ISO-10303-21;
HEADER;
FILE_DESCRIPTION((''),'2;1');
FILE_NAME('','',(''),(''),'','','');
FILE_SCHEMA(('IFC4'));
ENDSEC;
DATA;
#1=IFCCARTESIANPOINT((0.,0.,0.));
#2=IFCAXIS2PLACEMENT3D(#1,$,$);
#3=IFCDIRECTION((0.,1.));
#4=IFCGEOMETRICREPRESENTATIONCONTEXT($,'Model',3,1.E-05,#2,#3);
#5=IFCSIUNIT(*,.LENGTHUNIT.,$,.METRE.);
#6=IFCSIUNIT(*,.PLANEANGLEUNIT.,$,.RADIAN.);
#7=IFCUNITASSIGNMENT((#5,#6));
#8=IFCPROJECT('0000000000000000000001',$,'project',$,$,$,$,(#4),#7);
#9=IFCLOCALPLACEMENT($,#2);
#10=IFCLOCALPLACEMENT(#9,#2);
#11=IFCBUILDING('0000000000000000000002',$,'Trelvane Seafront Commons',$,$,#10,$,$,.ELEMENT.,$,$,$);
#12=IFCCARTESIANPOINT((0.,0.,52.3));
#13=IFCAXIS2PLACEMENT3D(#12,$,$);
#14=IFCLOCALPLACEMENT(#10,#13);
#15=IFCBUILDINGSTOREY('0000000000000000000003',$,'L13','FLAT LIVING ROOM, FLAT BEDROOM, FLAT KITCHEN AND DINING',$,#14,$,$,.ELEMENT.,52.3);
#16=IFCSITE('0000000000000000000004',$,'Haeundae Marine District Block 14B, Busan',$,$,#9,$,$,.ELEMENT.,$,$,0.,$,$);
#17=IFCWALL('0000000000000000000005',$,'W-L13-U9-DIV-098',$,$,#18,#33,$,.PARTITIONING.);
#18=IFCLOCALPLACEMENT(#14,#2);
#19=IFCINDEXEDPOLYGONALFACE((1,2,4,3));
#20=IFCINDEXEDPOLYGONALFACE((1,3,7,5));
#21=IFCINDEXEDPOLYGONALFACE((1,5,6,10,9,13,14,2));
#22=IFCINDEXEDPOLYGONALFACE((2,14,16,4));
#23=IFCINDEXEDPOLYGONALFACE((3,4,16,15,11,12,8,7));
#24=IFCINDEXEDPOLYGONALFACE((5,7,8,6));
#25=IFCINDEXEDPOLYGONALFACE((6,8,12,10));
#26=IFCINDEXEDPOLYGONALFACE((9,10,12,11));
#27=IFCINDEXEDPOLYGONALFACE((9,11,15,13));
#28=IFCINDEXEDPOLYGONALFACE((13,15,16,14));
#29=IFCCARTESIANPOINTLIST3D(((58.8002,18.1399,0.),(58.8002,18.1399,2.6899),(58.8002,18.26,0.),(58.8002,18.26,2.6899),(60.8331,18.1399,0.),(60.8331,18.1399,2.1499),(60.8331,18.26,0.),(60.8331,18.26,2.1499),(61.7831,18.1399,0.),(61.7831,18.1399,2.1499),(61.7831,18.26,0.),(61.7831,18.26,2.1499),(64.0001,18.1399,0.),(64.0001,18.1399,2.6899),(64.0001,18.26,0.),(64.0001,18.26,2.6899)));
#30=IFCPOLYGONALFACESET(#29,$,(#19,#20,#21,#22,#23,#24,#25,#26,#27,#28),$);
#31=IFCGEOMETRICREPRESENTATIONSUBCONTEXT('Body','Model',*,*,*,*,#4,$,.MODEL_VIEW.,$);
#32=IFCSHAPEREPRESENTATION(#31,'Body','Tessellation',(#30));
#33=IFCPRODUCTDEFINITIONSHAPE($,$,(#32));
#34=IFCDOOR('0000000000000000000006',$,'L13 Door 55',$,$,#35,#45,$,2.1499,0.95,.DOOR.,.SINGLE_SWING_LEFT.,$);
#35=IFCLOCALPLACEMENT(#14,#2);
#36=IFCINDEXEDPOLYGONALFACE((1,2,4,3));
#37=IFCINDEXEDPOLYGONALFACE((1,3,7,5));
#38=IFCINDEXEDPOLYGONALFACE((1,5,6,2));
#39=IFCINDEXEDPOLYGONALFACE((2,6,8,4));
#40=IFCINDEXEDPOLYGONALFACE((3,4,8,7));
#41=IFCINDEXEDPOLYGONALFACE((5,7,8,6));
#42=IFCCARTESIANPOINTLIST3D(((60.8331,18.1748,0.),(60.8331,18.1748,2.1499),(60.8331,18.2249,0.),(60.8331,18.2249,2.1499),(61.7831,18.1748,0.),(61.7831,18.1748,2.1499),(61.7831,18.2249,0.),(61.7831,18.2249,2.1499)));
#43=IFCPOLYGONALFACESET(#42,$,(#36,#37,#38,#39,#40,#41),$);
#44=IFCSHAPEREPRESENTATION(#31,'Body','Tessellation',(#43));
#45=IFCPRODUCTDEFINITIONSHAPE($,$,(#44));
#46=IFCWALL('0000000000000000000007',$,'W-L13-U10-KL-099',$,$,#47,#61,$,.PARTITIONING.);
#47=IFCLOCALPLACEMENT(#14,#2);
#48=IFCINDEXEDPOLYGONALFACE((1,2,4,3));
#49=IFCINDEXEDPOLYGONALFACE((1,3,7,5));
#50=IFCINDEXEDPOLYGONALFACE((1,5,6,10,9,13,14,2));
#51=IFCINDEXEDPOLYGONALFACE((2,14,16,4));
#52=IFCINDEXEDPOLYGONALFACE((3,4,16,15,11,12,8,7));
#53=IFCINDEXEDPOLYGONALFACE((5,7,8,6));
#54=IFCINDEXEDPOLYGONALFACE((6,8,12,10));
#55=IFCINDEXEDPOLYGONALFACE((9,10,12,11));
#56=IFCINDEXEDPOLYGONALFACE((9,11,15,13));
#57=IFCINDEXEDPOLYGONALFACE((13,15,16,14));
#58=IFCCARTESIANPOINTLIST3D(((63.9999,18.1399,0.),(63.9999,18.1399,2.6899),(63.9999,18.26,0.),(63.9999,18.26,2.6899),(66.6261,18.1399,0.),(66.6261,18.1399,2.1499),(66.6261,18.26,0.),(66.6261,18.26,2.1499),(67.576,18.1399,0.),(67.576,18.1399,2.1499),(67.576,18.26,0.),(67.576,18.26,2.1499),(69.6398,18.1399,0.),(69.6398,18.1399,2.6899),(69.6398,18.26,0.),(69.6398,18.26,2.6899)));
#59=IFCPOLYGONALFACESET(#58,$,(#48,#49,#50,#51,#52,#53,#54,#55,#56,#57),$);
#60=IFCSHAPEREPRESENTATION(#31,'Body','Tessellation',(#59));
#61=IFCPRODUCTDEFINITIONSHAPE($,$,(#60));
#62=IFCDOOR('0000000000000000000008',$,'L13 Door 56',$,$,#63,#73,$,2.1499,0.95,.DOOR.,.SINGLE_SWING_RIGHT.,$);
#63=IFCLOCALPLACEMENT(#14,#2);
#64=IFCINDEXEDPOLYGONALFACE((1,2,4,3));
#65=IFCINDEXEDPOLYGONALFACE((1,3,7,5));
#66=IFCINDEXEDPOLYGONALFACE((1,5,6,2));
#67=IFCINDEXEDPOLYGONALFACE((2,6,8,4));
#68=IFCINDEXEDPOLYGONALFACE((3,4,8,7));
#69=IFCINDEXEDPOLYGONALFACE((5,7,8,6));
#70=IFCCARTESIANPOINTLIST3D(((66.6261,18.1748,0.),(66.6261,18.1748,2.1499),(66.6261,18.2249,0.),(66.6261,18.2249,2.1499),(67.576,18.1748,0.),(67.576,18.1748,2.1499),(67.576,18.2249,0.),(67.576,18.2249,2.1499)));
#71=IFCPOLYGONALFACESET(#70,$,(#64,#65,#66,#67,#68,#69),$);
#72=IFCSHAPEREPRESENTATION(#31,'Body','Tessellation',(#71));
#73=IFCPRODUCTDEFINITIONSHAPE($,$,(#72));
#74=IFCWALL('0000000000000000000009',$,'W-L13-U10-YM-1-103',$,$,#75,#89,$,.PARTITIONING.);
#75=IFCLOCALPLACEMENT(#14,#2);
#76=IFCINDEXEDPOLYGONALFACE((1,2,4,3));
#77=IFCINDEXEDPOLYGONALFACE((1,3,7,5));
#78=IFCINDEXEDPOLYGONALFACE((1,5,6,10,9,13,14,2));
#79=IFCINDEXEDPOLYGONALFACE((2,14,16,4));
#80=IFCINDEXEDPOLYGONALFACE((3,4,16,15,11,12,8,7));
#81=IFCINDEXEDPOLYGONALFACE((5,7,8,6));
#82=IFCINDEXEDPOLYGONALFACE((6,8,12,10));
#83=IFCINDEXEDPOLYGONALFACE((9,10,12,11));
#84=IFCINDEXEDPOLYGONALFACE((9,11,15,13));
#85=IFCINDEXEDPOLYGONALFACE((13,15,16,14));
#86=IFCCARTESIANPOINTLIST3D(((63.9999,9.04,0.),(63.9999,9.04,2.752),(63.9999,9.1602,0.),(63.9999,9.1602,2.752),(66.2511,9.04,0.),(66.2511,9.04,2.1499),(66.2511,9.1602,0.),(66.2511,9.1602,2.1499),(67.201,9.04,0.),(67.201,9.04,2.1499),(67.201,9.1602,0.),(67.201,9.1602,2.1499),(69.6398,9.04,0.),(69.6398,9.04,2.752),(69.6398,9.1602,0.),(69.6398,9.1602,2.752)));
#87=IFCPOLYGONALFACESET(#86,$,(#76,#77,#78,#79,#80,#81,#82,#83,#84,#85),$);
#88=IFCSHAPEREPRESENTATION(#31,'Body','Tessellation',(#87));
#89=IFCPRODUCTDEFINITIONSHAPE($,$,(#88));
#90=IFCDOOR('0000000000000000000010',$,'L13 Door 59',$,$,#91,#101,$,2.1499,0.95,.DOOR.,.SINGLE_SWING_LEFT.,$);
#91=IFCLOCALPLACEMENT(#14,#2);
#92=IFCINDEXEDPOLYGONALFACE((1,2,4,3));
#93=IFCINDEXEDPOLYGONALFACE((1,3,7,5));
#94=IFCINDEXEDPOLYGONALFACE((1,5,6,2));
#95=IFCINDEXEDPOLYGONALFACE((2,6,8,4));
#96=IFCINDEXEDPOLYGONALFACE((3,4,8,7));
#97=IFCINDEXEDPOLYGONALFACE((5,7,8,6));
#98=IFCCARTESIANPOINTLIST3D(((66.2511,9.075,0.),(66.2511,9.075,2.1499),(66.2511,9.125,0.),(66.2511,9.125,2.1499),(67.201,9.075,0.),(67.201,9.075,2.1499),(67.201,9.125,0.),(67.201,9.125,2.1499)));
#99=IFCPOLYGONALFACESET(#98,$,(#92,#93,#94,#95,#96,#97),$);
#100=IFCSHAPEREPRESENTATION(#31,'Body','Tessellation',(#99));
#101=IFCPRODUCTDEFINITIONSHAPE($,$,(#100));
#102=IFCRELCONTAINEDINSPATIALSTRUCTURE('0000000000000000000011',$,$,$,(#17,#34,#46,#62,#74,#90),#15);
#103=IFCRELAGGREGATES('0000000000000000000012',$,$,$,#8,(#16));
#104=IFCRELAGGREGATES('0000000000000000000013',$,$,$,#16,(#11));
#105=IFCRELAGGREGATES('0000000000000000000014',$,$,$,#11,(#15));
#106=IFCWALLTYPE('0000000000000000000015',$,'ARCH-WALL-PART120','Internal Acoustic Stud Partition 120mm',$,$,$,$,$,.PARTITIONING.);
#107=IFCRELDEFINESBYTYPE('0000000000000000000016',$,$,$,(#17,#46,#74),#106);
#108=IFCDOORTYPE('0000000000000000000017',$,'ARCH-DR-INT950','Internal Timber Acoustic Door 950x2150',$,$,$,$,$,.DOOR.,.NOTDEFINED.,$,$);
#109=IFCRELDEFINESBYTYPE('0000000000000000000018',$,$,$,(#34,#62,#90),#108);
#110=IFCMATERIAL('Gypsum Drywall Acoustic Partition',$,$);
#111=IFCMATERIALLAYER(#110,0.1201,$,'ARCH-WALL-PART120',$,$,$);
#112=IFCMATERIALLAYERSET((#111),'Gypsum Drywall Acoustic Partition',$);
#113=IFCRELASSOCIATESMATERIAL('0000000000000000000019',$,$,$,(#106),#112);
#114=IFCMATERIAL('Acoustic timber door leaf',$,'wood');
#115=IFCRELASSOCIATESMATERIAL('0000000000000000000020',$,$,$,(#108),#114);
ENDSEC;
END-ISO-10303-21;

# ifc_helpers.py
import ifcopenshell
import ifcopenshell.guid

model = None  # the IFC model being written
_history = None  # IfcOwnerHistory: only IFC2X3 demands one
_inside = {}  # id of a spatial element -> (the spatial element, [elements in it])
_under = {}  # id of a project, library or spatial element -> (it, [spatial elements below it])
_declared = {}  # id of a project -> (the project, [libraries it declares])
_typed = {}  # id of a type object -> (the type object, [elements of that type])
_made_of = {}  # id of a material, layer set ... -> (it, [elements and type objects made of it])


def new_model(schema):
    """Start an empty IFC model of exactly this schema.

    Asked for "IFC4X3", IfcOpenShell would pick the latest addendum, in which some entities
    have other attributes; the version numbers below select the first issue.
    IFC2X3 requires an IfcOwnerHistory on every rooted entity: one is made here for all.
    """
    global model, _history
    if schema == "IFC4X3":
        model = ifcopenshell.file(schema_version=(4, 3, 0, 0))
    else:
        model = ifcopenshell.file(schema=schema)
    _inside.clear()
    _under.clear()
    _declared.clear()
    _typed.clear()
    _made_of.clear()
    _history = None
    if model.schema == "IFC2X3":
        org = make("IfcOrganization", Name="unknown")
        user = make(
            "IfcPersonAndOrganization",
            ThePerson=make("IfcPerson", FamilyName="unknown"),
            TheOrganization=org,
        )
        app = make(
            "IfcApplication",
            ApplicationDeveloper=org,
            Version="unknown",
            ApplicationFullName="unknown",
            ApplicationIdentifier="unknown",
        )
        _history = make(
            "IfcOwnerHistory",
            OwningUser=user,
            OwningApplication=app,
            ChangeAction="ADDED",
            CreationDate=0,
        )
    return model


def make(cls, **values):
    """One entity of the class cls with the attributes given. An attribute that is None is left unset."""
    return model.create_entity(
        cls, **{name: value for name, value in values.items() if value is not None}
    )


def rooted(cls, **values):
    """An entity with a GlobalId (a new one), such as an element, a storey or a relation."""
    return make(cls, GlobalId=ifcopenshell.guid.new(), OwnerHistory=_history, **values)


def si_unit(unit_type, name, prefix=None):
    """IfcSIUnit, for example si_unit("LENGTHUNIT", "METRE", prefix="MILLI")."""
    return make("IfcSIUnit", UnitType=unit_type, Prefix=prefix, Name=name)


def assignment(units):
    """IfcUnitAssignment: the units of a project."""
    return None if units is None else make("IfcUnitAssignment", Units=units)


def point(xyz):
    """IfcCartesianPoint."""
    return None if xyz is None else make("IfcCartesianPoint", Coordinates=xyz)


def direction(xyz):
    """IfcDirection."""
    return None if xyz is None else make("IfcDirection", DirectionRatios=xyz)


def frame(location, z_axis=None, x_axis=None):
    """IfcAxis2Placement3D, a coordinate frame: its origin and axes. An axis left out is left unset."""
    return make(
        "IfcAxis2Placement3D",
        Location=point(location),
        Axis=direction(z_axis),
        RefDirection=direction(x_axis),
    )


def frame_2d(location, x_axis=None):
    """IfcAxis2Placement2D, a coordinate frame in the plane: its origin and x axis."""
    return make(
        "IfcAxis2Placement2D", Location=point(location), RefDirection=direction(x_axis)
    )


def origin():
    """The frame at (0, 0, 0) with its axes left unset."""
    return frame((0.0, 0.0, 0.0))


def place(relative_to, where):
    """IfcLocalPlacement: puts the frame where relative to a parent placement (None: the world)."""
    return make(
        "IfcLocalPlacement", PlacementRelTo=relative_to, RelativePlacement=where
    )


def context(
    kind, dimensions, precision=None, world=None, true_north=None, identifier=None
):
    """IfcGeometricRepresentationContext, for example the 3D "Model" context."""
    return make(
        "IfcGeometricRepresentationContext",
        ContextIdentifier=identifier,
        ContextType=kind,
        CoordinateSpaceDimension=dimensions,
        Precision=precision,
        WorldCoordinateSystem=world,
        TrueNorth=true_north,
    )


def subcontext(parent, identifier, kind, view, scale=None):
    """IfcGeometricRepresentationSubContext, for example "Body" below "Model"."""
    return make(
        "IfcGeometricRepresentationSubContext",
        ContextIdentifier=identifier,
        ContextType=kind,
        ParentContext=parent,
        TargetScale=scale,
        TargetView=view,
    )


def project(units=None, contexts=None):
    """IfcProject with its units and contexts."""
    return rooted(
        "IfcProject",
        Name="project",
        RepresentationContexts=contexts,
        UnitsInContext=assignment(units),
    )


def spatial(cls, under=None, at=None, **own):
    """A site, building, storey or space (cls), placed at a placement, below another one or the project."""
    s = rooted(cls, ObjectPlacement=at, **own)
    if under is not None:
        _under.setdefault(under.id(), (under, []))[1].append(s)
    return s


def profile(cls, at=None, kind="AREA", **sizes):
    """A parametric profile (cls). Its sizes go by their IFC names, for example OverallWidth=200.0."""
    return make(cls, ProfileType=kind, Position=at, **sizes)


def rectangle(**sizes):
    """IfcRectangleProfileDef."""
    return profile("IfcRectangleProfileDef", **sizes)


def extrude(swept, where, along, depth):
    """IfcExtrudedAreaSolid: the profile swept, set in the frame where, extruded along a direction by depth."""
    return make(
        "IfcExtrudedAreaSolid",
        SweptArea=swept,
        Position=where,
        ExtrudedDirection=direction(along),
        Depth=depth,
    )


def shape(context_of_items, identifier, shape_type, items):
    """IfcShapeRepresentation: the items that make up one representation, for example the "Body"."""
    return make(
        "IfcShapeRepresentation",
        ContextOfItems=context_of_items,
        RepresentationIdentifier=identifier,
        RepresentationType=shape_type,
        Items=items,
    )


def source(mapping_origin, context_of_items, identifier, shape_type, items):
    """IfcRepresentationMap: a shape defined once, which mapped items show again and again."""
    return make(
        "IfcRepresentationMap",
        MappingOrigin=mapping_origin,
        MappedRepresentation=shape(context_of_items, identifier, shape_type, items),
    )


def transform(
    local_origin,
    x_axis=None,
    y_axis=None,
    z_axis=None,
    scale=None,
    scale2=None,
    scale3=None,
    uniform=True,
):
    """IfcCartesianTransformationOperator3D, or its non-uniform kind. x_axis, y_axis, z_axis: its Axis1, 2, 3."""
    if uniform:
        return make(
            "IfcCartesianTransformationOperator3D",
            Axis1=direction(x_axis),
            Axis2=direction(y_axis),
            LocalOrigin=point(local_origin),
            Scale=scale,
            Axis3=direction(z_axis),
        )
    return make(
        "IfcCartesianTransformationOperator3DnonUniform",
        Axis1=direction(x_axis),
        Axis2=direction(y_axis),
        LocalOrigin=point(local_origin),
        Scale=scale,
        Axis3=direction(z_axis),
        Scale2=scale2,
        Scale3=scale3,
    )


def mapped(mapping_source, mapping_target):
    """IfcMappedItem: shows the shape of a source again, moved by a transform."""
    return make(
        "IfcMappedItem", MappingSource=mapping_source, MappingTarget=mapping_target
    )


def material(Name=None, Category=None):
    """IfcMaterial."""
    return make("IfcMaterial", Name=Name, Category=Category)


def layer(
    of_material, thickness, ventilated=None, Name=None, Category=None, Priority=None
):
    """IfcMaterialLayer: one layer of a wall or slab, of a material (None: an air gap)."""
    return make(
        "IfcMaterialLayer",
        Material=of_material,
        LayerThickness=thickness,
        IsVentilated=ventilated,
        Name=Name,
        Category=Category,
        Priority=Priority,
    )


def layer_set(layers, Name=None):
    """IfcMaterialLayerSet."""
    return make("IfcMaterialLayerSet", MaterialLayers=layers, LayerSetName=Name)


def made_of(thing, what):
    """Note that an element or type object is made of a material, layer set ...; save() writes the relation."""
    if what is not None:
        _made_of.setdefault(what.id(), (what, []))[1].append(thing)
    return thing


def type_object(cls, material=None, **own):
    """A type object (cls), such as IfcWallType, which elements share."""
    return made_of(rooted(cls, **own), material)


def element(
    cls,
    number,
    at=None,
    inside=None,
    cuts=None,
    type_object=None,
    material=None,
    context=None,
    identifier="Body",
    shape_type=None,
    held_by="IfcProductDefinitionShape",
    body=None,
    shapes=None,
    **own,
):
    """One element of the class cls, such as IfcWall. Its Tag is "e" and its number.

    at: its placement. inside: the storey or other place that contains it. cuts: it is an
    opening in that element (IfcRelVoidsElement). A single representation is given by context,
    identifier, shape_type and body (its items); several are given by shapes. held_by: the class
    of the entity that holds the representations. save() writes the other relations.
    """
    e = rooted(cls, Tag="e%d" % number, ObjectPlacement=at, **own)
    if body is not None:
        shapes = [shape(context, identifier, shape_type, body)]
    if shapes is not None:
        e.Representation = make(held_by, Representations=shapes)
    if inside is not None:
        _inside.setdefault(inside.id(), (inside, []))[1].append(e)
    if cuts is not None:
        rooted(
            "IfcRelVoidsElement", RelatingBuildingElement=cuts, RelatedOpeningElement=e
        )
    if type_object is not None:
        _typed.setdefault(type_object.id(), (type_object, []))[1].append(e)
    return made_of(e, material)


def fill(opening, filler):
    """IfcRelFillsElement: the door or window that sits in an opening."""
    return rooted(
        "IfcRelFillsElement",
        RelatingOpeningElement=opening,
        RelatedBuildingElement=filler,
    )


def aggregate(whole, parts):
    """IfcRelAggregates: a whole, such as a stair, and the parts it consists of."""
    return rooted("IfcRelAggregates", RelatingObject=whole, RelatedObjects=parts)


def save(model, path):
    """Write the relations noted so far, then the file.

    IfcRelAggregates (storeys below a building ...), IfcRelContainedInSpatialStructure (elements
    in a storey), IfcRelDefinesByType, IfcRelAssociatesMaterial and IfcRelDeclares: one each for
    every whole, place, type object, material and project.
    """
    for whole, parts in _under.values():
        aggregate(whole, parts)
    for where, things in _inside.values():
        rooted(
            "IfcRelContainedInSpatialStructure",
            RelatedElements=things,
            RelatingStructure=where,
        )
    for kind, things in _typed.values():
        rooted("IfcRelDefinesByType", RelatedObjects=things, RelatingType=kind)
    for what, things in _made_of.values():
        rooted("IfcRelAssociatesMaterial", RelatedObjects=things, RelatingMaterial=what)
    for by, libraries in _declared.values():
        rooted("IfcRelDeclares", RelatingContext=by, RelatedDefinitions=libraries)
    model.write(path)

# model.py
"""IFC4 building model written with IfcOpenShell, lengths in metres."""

from ifc_helpers import new_model, si_unit, direction, frame, frame_2d, origin, place, context, subcontext, project, spatial, rectangle, extrude, source, transform, mapped, material, layer, layer_set, type_object, element, fill, save


model = new_model("IFC4")

# Units and contexts
model_context = context("Model", 3, precision=1e-05, world=origin(), true_north=direction((0.0, 1.0)))
body_context = subcontext(model_context, "Body", "Model", "MODEL_VIEW")
ifc_project = project(units=[si_unit("LENGTHUNIT", "METRE"), si_unit("PLANEANGLEUNIT", "RADIAN")], contexts=[model_context])

# Site, building, storey
site_placement = place(None, origin())
site = spatial("IfcSite", under=ifc_project, at=site_placement, Name="Haeundae Marine District Block 14B, Busan", CompositionType="ELEMENT", RefElevation=0.0)
building_placement = place(site_placement, origin())
building = spatial("IfcBuilding", under=site, at=building_placement, Name="Trelvane Seafront Commons", CompositionType="ELEMENT")
storey_placement = place(building_placement, frame((0.0, 0.0, 52.3)))
storey = spatial("IfcBuildingStorey", under=building, at=storey_placement, Name="L13", Description="FLAT LIVING ROOM, FLAT BEDROOM, FLAT KITCHEN AND DINING", CompositionType="ELEMENT", Elevation=52.3)

# Walls, openings, doors
ifc_material_1 = material(Name="Gypsum Drywall Acoustic Partition")
ifc_layer_1 = layer(ifc_material_1, 0.1201, Name="ARCH-WALL-PART120")
ifc_layer_set_1 = layer_set([ifc_layer_1], Name="Gypsum Drywall Acoustic Partition")
wall_type_1 = type_object("IfcWallType", Name="ARCH-WALL-PART120", Description="Internal Acoustic Stud Partition 120mm", PredefinedType="PARTITIONING", material=ifc_layer_set_1)
wall_1_placement = place(storey_placement, frame((58.8, 18.2, 0.0), z_axis=(0.0, 0.0, 1.0), x_axis=(1.0, 0.0, 0.0)))
wall_1 = element("IfcWall", 1, at=wall_1_placement, inside=storey, type_object=wall_type_1, Name="W-L13-U9-DIV-098", PredefinedType="PARTITIONING", context=body_context, shape_type="SweptSolid", body=[
    extrude(rectangle(XDim=5.2, YDim=0.1201, at=frame_2d((2.6001, 0.0))), origin(), (0.0, 0.0, 1.0), 2.6899),
])
opening_1_placement = place(wall_1_placement, frame((2.033, 0.0, 0.0)))
opening_1 = element("IfcOpeningElement", 2, at=opening_1_placement, cuts=wall_1, PredefinedType="OPENING", context=body_context, shape_type="SweptSolid", body=[
    extrude(rectangle(XDim=0.95, YDim=2.1499, at=frame_2d((0.4751, 1.075))), frame((0.0, 0.0701, 0.0), z_axis=(0.0, -1.0, 0.0), x_axis=(1.0, 0.0, 0.0)), (0.0, 0.0, 1.0), 0.1401),
])
ifc_material_2 = material(Name="Acoustic timber door leaf", Category="wood")
door_type = type_object("IfcDoorType", Name="ARCH-DR-INT950", Description="Internal Timber Acoustic Door 950x2150", OperationType="NOTDEFINED", PredefinedType="DOOR", material=ifc_material_2)
shared_shape_1 = source(origin(), body_context, "Body", "SweptSolid", [
    extrude(rectangle(XDim=0.95, YDim=2.1499, at=frame_2d((0.4751, 1.075))), frame((0.0, 0.0249, 0.0), z_axis=(0.0, -1.0, 0.0), x_axis=(1.0, 0.0, 0.0)), (0.0, 0.0, 1.0), 0.05),
])
door_1_placement = place(opening_1_placement, origin())
door_1 = element("IfcDoor", 3, at=door_1_placement, inside=storey, type_object=door_type, Name="L13 Door 55", OperationType="SINGLE_SWING_LEFT", OverallHeight=2.1499, OverallWidth=0.95, PredefinedType="DOOR", context=body_context, shape_type="MappedRepresentation", body=[
    mapped(shared_shape_1, transform((0.0, 0.0, 0.0), x_axis=(1.0, 0.0, 0.0), y_axis=(0.0, 1.0, 0.0), z_axis=(0.0, 0.0, 1.0), scale=1.0)),
])
fill(opening_1, door_1)
wall_2_placement = place(storey_placement, frame((64.0, 18.2, 0.0), z_axis=(0.0, 0.0, 1.0), x_axis=(1.0, 0.0, 0.0)))
wall_2 = element("IfcWall", 4, at=wall_2_placement, inside=storey, type_object=wall_type_1, Name="W-L13-U10-KL-099", PredefinedType="PARTITIONING", context=body_context, shape_type="SweptSolid", body=[
    extrude(rectangle(XDim=5.6399, YDim=0.1201, at=frame_2d((2.8198, 0.0))), origin(), (0.0, 0.0, 1.0), 2.6899),
])
opening_2_placement = place(wall_2_placement, frame((2.626, 0.0, 0.0)))
opening_2 = element("IfcOpeningElement", 5, at=opening_2_placement, cuts=wall_2, PredefinedType="OPENING", context=body_context, shape_type="SweptSolid", body=[
    extrude(rectangle(XDim=0.95, YDim=2.1499, at=frame_2d((0.4751, 1.075))), frame((0.0, 0.0701, 0.0), z_axis=(0.0, -1.0, 0.0), x_axis=(1.0, 0.0, 0.0)), (0.0, 0.0, 1.0), 0.1401),
])
door_2_placement = place(opening_2_placement, origin())
door_2 = element("IfcDoor", 6, at=door_2_placement, inside=storey, type_object=door_type, Name="L13 Door 56", OperationType="SINGLE_SWING_RIGHT", OverallHeight=2.1499, OverallWidth=0.95, PredefinedType="DOOR", context=body_context, shape_type="MappedRepresentation", body=[
    mapped(shared_shape_1, transform((0.0, 0.0, 0.0), x_axis=(1.0, 0.0, 0.0), y_axis=(0.0, 1.0, 0.0), z_axis=(0.0, 0.0, 1.0), scale=1.0)),
])
fill(opening_2, door_2)
wall_3_placement = place(storey_placement, frame((64.0, 9.1001, 0.0), z_axis=(0.0, 0.0, 1.0), x_axis=(1.0, 0.0, 0.0)))
wall_3 = element("IfcWall", 7, at=wall_3_placement, inside=storey, type_object=wall_type_1, Name="W-L13-U10-YM-1-103", PredefinedType="PARTITIONING", context=body_context, shape_type="SweptSolid", body=[
    extrude(rectangle(XDim=5.6399, YDim=0.1201, at=frame_2d((2.8198, 0.0))), origin(), (0.0, 0.0, 1.0), 2.752),
])
opening_3_placement = place(wall_3_placement, frame((2.251, 0.0, 0.0)))
opening_3 = element("IfcOpeningElement", 8, at=opening_3_placement, cuts=wall_3, PredefinedType="OPENING", context=body_context, shape_type="SweptSolid", body=[
    extrude(rectangle(XDim=0.95, YDim=2.1499, at=frame_2d((0.4751, 1.075))), frame((0.0, 0.0701, 0.0), z_axis=(0.0, -1.0, 0.0), x_axis=(1.0, 0.0, 0.0)), (0.0, 0.0, 1.0), 0.1401),
])
door_3_placement = place(opening_3_placement, origin())
door_3 = element("IfcDoor", 9, at=door_3_placement, inside=storey, type_object=door_type, Name="L13 Door 59", OperationType="SINGLE_SWING_LEFT", OverallHeight=2.1499, OverallWidth=0.95, PredefinedType="DOOR", context=body_context, shape_type="MappedRepresentation", body=[
    mapped(shared_shape_1, transform((0.0, 0.0, 0.0), x_axis=(1.0, 0.0, 0.0), y_axis=(0.0, 1.0, 0.0), z_axis=(0.0, 0.0, 1.0), scale=1.0)),
])
fill(opening_3, door_3)

save(model, "model.ifc")
